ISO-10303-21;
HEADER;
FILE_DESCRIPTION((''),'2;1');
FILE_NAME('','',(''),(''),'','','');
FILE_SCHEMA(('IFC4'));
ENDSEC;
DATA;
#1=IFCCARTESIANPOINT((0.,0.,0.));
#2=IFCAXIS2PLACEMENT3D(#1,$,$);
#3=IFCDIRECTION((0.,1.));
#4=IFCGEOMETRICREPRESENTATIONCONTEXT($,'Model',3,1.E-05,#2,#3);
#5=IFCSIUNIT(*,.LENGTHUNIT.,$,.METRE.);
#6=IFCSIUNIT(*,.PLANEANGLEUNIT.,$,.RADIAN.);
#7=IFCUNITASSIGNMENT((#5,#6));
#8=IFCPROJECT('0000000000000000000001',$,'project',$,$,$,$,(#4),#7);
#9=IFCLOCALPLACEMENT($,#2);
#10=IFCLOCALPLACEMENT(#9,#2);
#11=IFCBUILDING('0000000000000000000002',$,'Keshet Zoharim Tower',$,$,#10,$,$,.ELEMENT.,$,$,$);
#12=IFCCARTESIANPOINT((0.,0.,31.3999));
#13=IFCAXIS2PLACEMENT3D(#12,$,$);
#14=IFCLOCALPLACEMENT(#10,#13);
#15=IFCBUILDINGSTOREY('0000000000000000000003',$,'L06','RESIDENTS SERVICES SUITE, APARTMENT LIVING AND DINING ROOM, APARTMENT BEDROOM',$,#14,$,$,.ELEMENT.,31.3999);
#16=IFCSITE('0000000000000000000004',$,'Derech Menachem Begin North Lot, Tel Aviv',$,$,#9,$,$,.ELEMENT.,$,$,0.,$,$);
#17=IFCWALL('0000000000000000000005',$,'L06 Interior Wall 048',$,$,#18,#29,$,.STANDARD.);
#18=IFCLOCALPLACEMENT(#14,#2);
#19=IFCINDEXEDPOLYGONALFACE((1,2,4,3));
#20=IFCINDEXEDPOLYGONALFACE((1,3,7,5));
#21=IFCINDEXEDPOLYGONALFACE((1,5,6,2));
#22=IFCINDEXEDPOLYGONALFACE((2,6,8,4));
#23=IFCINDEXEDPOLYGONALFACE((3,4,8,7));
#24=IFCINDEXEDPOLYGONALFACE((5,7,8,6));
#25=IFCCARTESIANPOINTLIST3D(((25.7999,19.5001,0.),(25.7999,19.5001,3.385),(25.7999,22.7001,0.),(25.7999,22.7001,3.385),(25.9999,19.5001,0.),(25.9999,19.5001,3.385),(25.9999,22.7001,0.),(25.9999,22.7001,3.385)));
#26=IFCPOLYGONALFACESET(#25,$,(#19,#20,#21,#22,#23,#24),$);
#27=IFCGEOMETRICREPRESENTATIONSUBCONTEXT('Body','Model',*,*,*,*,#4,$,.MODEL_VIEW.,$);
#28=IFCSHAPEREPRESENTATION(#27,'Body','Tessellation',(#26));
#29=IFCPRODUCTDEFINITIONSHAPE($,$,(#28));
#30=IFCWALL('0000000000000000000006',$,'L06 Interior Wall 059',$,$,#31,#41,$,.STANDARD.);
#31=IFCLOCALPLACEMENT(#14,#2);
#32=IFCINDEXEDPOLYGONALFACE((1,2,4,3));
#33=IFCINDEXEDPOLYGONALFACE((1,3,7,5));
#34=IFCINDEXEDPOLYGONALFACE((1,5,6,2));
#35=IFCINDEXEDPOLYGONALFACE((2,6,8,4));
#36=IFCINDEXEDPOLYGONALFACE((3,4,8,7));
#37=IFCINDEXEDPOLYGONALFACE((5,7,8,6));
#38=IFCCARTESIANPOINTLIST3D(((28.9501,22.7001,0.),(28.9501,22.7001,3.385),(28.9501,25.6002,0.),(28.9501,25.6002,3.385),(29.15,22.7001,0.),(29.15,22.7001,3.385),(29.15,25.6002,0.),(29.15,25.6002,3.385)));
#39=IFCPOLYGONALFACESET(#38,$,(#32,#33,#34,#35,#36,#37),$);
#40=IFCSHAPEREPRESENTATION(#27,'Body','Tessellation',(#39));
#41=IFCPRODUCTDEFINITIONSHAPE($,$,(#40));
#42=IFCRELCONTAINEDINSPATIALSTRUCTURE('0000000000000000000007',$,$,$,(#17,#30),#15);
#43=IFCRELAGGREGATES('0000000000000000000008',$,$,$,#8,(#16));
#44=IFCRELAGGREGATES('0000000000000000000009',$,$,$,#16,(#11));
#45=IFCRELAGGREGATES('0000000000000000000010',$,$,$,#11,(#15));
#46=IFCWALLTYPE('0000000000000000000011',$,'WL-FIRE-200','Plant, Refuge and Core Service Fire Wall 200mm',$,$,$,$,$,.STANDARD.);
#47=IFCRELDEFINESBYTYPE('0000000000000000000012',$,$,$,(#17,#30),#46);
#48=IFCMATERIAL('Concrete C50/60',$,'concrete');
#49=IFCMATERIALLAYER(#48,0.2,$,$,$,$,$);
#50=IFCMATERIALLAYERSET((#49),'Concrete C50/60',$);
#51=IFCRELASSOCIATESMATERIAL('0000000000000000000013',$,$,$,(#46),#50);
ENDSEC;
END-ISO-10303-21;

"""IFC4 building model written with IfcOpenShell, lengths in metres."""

from ifc_helpers import new_model, si_unit, direction, frame, frame_2d, origin, place, context, subcontext, project, spatial, rectangle, extrude, material, layer, layer_set, type_object, element, save


model = new_model("IFC4")

# Units and contexts
model_context = context("Model", 3, precision=1e-05, world=origin(), true_north=direction((0.0, 1.0)))
body_context = subcontext(model_context, "Body", "Model", "MODEL_VIEW")
ifc_project = project(units=[si_unit("LENGTHUNIT", "METRE"), si_unit("PLANEANGLEUNIT", "RADIAN")], contexts=[model_context])

# Site, building, storey
site_placement = place(None, origin())
site = spatial("IfcSite", under=ifc_project, at=site_placement, Name="Derech Menachem Begin North Lot, Tel Aviv", CompositionType="ELEMENT", RefElevation=0.0)
building_placement = place(site_placement, origin())
building = spatial("IfcBuilding", under=site, at=building_placement, Name="Keshet Zoharim Tower", CompositionType="ELEMENT")
storey_placement = place(building_placement, frame((0.0, 0.0, 31.3999)))
storey = spatial("IfcBuildingStorey", under=building, at=storey_placement, Name="L06", Description="RESIDENTS SERVICES SUITE, APARTMENT LIVING AND DINING ROOM, APARTMENT BEDROOM", CompositionType="ELEMENT", Elevation=31.3999)

# Walls
ifc_material_1 = material(Name="Concrete C50/60", Category="concrete")
ifc_layer_1 = layer(ifc_material_1, 0.2)
ifc_layer_set_1 = layer_set([ifc_layer_1], Name="Concrete C50/60")
wall_type_1 = type_object("IfcWallType", Name="WL-FIRE-200", Description="Plant, Refuge and Core Service Fire Wall 200mm", PredefinedType="STANDARD", material=ifc_layer_set_1)
wall_1_placement = place(storey_placement, frame((25.8999, 19.5, 0.0), z_axis=(0.0, 0.0, 1.0), x_axis=(0.0, 1.0, 0.0)))
element("IfcWall", 1, at=wall_1_placement, inside=storey, type_object=wall_type_1, Name="L06 Interior Wall 048", PredefinedType="STANDARD", context=body_context, shape_type="SweptSolid", body=[
    extrude(rectangle(XDim=3.2, YDim=0.2, at=frame_2d((1.6001, 0.0))), origin(), (0.0, 0.0, 1.0), 3.385),
])
wall_2_placement = place(storey_placement, frame((29.05, 22.7, 0.0), z_axis=(0.0, 0.0, 1.0), x_axis=(0.0, 1.0, 0.0)))
element("IfcWall", 2, at=wall_2_placement, inside=storey, type_object=wall_type_1, Name="L06 Interior Wall 059", PredefinedType="STANDARD", context=body_context, shape_type="SweptSolid", body=[
    extrude(rectangle(XDim=2.9001, YDim=0.2, at=frame_2d((1.4502, 0.0))), origin(), (0.0, 0.0, 1.0), 3.385),
])

save(model, "model.ifc")
